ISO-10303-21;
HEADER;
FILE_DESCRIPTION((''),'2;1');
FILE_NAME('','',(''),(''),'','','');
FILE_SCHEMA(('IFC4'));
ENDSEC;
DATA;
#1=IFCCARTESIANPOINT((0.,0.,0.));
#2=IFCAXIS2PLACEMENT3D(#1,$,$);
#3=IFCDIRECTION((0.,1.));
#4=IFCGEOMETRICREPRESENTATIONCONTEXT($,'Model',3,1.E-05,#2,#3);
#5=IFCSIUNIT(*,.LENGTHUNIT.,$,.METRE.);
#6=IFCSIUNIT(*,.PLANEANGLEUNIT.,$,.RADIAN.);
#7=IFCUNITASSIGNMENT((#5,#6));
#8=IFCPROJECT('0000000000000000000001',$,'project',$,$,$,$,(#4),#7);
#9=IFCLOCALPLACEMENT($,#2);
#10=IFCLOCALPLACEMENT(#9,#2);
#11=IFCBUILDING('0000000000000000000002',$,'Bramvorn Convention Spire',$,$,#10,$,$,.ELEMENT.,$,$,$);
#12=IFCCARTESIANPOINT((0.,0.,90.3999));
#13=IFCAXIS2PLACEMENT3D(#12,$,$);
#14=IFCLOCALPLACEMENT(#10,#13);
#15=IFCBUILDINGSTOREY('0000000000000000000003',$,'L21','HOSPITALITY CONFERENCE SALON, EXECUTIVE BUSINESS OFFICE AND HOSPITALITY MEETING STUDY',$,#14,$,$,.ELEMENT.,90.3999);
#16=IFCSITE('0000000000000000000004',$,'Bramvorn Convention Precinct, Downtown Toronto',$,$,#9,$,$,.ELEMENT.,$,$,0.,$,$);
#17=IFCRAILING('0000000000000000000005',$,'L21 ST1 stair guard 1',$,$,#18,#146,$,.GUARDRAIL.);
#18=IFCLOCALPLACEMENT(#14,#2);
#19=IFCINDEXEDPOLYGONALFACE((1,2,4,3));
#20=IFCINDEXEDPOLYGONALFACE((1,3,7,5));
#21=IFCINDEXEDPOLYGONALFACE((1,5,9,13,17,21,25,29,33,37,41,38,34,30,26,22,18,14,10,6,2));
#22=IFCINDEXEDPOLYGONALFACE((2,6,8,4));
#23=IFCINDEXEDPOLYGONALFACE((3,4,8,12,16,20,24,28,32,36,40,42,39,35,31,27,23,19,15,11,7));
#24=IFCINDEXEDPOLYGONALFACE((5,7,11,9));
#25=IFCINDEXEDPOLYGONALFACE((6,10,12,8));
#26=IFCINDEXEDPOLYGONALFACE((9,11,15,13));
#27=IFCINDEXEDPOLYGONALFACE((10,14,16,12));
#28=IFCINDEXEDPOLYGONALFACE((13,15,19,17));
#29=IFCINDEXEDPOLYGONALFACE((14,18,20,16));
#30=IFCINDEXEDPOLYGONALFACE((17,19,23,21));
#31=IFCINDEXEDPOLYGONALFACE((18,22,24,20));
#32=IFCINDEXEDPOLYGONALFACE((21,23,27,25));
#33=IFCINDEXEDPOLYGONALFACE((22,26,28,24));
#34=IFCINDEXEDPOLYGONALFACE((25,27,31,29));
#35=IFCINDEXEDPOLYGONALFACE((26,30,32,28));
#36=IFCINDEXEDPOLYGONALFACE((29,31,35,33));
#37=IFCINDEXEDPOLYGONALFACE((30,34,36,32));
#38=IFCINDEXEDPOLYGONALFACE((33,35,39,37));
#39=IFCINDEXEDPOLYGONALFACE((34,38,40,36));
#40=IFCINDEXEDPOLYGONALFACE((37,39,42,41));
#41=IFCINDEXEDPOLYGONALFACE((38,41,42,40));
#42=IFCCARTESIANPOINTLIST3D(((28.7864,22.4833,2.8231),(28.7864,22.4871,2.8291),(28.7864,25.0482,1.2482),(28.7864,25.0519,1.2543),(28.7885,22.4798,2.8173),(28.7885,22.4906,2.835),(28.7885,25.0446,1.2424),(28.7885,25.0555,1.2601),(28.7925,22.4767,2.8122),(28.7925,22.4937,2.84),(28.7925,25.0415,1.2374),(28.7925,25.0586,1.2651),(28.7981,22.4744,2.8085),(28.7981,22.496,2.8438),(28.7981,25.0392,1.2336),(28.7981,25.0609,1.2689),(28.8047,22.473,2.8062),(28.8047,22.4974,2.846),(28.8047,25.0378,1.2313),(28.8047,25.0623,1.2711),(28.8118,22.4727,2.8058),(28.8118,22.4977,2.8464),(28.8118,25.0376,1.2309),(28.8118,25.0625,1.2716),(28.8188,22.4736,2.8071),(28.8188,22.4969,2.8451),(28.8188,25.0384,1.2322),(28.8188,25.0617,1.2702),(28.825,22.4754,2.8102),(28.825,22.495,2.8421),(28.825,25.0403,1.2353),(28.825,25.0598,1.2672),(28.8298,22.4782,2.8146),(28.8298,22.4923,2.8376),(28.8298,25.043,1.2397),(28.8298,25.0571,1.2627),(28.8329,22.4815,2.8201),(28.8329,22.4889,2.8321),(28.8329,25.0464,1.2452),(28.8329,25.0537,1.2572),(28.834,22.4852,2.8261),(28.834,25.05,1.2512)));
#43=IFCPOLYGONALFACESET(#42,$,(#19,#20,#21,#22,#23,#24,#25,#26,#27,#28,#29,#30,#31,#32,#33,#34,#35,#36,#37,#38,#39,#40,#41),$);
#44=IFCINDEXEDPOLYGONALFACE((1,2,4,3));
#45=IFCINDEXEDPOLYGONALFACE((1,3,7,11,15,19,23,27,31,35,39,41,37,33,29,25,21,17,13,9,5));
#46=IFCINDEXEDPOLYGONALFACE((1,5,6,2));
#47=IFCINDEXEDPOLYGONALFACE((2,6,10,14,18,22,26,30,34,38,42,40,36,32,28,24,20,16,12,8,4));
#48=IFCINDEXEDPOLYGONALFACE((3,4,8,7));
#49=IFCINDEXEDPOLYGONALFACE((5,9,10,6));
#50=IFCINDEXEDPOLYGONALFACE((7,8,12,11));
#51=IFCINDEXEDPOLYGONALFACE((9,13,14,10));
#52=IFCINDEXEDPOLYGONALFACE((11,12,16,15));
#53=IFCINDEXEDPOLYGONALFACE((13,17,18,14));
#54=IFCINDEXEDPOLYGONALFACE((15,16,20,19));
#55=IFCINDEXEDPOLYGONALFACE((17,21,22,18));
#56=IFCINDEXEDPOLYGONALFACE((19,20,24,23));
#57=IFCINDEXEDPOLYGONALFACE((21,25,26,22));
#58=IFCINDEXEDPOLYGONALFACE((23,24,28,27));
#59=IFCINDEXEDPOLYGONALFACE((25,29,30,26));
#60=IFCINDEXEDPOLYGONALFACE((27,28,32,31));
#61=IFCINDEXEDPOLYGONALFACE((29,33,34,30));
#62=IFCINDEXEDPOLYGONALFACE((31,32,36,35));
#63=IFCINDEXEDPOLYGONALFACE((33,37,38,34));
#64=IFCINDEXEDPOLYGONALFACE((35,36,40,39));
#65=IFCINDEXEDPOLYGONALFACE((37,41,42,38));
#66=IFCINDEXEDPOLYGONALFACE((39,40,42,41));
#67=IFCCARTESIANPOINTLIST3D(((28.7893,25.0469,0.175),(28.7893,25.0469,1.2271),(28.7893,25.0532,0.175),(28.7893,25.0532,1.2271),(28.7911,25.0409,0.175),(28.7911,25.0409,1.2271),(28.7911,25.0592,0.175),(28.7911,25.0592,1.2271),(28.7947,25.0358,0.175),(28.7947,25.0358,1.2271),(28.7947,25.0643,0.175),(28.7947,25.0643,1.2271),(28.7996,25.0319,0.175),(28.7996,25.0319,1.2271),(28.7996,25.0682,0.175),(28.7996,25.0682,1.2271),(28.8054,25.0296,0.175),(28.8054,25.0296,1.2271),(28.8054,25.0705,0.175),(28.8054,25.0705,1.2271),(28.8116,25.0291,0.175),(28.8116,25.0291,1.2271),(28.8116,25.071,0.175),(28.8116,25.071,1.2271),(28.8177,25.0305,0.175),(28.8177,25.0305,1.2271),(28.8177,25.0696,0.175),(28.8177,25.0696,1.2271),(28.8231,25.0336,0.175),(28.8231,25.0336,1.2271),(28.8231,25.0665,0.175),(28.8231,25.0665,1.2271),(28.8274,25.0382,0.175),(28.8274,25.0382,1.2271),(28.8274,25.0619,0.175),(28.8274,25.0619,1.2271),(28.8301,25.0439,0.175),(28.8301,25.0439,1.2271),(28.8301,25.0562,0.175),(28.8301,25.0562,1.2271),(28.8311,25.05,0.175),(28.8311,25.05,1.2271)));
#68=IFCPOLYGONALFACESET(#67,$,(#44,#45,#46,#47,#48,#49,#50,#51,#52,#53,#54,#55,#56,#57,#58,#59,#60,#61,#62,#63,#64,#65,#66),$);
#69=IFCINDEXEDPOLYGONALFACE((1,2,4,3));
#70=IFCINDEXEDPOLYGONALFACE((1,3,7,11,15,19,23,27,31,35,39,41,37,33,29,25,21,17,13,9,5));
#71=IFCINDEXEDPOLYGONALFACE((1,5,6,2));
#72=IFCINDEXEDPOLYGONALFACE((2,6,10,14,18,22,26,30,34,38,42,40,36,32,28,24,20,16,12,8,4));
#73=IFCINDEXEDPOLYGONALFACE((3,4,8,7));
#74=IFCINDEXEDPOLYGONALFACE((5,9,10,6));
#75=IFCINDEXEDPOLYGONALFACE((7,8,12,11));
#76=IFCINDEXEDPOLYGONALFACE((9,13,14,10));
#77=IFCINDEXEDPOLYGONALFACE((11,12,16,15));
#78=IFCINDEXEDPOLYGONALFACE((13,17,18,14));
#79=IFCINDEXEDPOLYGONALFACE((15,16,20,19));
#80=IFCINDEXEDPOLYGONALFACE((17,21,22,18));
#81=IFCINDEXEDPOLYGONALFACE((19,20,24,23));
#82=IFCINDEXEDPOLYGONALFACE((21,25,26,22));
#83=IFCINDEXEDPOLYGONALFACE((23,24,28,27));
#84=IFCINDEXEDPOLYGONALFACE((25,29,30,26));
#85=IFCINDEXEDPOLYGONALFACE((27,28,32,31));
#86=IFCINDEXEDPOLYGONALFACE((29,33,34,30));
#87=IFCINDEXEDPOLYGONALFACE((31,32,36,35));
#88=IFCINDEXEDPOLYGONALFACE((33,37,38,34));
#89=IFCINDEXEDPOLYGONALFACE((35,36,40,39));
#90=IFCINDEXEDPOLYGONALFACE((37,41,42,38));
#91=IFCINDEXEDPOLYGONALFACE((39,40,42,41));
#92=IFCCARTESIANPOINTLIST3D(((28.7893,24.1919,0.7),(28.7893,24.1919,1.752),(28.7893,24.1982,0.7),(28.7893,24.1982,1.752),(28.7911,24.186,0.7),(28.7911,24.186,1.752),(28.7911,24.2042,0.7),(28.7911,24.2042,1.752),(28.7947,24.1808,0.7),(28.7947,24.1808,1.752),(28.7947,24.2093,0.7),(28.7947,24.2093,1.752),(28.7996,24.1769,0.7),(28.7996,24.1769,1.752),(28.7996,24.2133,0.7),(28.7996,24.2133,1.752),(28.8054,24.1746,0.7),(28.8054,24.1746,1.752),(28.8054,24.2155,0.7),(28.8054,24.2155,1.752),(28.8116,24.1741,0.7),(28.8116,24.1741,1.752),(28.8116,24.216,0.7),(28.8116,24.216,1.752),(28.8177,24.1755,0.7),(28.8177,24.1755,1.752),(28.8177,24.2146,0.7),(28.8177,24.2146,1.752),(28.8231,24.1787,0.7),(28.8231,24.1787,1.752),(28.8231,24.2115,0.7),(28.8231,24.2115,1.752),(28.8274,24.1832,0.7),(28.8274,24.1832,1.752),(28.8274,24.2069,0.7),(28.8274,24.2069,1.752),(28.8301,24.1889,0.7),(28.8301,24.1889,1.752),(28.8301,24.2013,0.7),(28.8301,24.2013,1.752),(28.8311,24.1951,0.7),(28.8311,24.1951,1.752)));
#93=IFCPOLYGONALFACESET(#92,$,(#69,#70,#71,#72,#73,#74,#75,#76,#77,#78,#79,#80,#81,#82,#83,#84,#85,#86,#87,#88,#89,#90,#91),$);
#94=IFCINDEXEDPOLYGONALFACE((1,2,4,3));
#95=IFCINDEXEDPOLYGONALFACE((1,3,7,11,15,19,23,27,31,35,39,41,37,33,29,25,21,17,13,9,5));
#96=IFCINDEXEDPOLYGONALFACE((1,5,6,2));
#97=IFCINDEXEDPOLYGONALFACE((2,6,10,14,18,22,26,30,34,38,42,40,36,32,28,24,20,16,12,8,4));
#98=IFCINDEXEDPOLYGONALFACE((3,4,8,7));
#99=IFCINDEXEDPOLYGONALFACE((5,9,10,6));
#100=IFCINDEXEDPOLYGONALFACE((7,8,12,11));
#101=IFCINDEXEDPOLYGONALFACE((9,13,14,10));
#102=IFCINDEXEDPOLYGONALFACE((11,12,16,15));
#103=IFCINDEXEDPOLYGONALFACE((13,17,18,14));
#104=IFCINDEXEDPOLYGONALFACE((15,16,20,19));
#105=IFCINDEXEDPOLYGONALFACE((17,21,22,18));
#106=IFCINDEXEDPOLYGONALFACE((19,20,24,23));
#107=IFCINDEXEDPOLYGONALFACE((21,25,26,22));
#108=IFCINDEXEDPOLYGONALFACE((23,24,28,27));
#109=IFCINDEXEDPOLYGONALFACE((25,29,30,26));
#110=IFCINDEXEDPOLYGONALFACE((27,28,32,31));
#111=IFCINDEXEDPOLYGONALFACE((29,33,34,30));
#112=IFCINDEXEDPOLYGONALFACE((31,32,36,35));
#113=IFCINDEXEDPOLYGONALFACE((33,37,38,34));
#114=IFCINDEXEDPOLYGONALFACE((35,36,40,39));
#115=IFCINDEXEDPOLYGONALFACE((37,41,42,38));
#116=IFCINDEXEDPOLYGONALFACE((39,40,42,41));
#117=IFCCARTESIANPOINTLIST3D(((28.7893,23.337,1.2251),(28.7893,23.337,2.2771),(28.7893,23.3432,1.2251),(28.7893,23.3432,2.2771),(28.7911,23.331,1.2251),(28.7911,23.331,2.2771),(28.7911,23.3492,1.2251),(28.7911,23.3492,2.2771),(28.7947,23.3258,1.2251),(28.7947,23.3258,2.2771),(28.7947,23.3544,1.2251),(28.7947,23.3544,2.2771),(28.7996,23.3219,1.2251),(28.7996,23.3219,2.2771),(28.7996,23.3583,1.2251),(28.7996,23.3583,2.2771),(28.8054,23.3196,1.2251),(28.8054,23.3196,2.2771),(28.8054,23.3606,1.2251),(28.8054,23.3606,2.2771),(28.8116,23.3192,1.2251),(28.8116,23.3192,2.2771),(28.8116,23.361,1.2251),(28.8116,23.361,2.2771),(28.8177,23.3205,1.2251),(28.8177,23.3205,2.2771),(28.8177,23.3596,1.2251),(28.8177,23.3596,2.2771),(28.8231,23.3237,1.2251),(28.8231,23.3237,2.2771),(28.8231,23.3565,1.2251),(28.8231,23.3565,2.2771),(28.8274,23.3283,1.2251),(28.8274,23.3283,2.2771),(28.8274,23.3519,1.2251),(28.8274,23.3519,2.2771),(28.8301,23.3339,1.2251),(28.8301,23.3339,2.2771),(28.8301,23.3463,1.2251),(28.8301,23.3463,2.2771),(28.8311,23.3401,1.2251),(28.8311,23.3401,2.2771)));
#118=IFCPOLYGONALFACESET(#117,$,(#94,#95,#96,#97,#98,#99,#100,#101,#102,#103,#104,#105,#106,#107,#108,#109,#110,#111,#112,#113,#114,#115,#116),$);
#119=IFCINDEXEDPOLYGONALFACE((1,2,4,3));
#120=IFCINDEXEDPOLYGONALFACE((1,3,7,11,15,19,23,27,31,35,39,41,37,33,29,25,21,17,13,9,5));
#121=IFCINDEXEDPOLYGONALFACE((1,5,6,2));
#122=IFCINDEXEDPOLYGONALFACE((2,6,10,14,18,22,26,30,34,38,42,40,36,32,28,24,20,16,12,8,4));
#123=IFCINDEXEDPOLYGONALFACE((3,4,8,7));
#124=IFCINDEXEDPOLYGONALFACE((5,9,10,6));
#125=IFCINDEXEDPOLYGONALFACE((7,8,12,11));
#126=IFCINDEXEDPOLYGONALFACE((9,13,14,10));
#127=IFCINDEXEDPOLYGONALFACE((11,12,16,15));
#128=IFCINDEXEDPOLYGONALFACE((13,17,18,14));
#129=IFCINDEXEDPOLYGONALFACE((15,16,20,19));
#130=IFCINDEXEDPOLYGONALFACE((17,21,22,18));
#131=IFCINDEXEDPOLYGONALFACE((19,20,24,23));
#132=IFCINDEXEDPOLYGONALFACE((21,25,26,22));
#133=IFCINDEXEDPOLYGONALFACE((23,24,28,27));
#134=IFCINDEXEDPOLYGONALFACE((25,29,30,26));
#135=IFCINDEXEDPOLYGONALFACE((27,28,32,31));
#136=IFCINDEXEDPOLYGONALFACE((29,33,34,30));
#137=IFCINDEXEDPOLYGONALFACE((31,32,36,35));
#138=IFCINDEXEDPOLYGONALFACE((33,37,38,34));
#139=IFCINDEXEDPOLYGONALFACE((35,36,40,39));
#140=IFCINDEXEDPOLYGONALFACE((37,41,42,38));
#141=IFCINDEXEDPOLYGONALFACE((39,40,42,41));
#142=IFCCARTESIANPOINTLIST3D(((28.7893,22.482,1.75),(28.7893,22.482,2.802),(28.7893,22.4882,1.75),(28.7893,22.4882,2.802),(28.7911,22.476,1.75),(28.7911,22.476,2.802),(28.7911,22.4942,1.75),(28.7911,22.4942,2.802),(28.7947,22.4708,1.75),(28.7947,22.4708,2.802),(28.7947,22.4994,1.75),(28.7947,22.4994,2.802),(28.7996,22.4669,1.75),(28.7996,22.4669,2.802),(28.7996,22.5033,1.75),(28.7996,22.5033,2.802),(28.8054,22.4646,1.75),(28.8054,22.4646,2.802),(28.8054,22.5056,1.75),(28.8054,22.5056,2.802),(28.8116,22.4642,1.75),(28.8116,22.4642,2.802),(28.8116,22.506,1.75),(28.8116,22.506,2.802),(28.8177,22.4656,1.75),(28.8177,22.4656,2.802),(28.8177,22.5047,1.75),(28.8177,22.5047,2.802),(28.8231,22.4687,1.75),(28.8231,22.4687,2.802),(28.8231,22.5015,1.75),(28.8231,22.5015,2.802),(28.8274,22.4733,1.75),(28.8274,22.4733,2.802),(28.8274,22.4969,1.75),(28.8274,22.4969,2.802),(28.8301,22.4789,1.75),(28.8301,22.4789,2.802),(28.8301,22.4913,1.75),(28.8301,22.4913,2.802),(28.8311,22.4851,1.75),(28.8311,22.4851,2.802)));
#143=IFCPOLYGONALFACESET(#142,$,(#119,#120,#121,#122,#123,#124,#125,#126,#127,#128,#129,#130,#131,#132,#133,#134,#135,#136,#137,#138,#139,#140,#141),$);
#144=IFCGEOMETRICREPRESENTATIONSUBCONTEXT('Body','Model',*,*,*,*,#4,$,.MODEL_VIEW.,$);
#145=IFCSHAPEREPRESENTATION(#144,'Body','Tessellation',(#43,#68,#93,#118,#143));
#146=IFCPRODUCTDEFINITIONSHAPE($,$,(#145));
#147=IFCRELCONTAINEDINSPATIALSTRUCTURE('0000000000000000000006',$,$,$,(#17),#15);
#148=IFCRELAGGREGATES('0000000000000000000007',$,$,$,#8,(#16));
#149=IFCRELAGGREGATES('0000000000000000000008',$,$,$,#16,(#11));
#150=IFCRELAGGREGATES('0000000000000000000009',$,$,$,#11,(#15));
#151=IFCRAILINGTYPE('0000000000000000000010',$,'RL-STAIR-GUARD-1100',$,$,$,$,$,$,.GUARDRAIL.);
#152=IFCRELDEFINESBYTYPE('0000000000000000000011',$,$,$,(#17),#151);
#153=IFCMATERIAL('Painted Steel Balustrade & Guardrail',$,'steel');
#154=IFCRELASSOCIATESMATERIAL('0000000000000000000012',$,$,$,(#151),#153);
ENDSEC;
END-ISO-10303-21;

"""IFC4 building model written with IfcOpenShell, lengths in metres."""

from ifc_helpers import new_model, si_unit, direction, frame, origin, origin_2d, place, context, subcontext, project, spatial, circle, extrude, material, type_object, element, save


model = new_model("IFC4")

# Units and contexts
model_context = context("Model", 3, precision=1e-05, world=origin(), true_north=direction((0.0, 1.0)))
body_context = subcontext(model_context, "Body", "Model", "MODEL_VIEW")
ifc_project = project(units=[si_unit("LENGTHUNIT", "METRE"), si_unit("PLANEANGLEUNIT", "RADIAN")], contexts=[model_context])

# Site, building, storey
site_placement = place(None, origin())
site = spatial("IfcSite", under=ifc_project, at=site_placement, Name="Bramvorn Convention Precinct, Downtown Toronto", CompositionType="ELEMENT", RefElevation=0.0)
building_placement = place(site_placement, origin())
building = spatial("IfcBuilding", under=site, at=building_placement, Name="Bramvorn Convention Spire", CompositionType="ELEMENT")
storey_placement = place(building_placement, frame((0.0, 0.0, 90.3999)))
storey = spatial("IfcBuildingStorey", under=building, at=storey_placement, Name="L21", Description="HOSPITALITY CONFERENCE SALON, EXECUTIVE BUSINESS OFFICE AND HOSPITALITY MEETING STUDY", CompositionType="ELEMENT", Elevation=90.3999)

# Railing
ifc_material_1 = material(Name="Painted Steel Balustrade & Guardrail", Category="steel")
railing_type_1 = type_object("IfcRailingType", Name="RL-STAIR-GUARD-1100", PredefinedType="GUARDRAIL", material=ifc_material_1)
railing_1_placement = place(storey_placement, frame((28.8101, 25.05, 0.175)))
element("IfcRailing", 1, at=railing_1_placement, inside=storey, type_object=railing_type_1, Name="L21 ST1 stair guard 1", PredefinedType="GUARDRAIL", context=body_context, shape_type="SweptSolid", body=[
    extrude(circle(Radius=0.0239, at=origin_2d()), frame((0.0, 0.0, 1.0762), z_axis=(0.0, -0.852173, 0.52326), x_axis=(1.0, 0.0, 0.0)), (0.0, 0.0, 1.0), 3.0098),
    extrude(circle(Radius=0.021, at=origin_2d()), origin(), (0.0, 0.0, 1.0), 1.052),
    extrude(circle(Radius=0.021, at=origin_2d()), frame((0.0, -0.855, 0.5249)), (0.0, 0.0, 1.0), 1.052),
    extrude(circle(Radius=0.021, at=origin_2d()), frame((0.0, -1.71, 1.05)), (0.0, 0.0, 1.0), 1.052),
    extrude(circle(Radius=0.021, at=origin_2d()), frame((0.0, -2.5649, 1.575)), (0.0, 0.0, 1.0), 1.052),
])

save(model, "model.ifc")
